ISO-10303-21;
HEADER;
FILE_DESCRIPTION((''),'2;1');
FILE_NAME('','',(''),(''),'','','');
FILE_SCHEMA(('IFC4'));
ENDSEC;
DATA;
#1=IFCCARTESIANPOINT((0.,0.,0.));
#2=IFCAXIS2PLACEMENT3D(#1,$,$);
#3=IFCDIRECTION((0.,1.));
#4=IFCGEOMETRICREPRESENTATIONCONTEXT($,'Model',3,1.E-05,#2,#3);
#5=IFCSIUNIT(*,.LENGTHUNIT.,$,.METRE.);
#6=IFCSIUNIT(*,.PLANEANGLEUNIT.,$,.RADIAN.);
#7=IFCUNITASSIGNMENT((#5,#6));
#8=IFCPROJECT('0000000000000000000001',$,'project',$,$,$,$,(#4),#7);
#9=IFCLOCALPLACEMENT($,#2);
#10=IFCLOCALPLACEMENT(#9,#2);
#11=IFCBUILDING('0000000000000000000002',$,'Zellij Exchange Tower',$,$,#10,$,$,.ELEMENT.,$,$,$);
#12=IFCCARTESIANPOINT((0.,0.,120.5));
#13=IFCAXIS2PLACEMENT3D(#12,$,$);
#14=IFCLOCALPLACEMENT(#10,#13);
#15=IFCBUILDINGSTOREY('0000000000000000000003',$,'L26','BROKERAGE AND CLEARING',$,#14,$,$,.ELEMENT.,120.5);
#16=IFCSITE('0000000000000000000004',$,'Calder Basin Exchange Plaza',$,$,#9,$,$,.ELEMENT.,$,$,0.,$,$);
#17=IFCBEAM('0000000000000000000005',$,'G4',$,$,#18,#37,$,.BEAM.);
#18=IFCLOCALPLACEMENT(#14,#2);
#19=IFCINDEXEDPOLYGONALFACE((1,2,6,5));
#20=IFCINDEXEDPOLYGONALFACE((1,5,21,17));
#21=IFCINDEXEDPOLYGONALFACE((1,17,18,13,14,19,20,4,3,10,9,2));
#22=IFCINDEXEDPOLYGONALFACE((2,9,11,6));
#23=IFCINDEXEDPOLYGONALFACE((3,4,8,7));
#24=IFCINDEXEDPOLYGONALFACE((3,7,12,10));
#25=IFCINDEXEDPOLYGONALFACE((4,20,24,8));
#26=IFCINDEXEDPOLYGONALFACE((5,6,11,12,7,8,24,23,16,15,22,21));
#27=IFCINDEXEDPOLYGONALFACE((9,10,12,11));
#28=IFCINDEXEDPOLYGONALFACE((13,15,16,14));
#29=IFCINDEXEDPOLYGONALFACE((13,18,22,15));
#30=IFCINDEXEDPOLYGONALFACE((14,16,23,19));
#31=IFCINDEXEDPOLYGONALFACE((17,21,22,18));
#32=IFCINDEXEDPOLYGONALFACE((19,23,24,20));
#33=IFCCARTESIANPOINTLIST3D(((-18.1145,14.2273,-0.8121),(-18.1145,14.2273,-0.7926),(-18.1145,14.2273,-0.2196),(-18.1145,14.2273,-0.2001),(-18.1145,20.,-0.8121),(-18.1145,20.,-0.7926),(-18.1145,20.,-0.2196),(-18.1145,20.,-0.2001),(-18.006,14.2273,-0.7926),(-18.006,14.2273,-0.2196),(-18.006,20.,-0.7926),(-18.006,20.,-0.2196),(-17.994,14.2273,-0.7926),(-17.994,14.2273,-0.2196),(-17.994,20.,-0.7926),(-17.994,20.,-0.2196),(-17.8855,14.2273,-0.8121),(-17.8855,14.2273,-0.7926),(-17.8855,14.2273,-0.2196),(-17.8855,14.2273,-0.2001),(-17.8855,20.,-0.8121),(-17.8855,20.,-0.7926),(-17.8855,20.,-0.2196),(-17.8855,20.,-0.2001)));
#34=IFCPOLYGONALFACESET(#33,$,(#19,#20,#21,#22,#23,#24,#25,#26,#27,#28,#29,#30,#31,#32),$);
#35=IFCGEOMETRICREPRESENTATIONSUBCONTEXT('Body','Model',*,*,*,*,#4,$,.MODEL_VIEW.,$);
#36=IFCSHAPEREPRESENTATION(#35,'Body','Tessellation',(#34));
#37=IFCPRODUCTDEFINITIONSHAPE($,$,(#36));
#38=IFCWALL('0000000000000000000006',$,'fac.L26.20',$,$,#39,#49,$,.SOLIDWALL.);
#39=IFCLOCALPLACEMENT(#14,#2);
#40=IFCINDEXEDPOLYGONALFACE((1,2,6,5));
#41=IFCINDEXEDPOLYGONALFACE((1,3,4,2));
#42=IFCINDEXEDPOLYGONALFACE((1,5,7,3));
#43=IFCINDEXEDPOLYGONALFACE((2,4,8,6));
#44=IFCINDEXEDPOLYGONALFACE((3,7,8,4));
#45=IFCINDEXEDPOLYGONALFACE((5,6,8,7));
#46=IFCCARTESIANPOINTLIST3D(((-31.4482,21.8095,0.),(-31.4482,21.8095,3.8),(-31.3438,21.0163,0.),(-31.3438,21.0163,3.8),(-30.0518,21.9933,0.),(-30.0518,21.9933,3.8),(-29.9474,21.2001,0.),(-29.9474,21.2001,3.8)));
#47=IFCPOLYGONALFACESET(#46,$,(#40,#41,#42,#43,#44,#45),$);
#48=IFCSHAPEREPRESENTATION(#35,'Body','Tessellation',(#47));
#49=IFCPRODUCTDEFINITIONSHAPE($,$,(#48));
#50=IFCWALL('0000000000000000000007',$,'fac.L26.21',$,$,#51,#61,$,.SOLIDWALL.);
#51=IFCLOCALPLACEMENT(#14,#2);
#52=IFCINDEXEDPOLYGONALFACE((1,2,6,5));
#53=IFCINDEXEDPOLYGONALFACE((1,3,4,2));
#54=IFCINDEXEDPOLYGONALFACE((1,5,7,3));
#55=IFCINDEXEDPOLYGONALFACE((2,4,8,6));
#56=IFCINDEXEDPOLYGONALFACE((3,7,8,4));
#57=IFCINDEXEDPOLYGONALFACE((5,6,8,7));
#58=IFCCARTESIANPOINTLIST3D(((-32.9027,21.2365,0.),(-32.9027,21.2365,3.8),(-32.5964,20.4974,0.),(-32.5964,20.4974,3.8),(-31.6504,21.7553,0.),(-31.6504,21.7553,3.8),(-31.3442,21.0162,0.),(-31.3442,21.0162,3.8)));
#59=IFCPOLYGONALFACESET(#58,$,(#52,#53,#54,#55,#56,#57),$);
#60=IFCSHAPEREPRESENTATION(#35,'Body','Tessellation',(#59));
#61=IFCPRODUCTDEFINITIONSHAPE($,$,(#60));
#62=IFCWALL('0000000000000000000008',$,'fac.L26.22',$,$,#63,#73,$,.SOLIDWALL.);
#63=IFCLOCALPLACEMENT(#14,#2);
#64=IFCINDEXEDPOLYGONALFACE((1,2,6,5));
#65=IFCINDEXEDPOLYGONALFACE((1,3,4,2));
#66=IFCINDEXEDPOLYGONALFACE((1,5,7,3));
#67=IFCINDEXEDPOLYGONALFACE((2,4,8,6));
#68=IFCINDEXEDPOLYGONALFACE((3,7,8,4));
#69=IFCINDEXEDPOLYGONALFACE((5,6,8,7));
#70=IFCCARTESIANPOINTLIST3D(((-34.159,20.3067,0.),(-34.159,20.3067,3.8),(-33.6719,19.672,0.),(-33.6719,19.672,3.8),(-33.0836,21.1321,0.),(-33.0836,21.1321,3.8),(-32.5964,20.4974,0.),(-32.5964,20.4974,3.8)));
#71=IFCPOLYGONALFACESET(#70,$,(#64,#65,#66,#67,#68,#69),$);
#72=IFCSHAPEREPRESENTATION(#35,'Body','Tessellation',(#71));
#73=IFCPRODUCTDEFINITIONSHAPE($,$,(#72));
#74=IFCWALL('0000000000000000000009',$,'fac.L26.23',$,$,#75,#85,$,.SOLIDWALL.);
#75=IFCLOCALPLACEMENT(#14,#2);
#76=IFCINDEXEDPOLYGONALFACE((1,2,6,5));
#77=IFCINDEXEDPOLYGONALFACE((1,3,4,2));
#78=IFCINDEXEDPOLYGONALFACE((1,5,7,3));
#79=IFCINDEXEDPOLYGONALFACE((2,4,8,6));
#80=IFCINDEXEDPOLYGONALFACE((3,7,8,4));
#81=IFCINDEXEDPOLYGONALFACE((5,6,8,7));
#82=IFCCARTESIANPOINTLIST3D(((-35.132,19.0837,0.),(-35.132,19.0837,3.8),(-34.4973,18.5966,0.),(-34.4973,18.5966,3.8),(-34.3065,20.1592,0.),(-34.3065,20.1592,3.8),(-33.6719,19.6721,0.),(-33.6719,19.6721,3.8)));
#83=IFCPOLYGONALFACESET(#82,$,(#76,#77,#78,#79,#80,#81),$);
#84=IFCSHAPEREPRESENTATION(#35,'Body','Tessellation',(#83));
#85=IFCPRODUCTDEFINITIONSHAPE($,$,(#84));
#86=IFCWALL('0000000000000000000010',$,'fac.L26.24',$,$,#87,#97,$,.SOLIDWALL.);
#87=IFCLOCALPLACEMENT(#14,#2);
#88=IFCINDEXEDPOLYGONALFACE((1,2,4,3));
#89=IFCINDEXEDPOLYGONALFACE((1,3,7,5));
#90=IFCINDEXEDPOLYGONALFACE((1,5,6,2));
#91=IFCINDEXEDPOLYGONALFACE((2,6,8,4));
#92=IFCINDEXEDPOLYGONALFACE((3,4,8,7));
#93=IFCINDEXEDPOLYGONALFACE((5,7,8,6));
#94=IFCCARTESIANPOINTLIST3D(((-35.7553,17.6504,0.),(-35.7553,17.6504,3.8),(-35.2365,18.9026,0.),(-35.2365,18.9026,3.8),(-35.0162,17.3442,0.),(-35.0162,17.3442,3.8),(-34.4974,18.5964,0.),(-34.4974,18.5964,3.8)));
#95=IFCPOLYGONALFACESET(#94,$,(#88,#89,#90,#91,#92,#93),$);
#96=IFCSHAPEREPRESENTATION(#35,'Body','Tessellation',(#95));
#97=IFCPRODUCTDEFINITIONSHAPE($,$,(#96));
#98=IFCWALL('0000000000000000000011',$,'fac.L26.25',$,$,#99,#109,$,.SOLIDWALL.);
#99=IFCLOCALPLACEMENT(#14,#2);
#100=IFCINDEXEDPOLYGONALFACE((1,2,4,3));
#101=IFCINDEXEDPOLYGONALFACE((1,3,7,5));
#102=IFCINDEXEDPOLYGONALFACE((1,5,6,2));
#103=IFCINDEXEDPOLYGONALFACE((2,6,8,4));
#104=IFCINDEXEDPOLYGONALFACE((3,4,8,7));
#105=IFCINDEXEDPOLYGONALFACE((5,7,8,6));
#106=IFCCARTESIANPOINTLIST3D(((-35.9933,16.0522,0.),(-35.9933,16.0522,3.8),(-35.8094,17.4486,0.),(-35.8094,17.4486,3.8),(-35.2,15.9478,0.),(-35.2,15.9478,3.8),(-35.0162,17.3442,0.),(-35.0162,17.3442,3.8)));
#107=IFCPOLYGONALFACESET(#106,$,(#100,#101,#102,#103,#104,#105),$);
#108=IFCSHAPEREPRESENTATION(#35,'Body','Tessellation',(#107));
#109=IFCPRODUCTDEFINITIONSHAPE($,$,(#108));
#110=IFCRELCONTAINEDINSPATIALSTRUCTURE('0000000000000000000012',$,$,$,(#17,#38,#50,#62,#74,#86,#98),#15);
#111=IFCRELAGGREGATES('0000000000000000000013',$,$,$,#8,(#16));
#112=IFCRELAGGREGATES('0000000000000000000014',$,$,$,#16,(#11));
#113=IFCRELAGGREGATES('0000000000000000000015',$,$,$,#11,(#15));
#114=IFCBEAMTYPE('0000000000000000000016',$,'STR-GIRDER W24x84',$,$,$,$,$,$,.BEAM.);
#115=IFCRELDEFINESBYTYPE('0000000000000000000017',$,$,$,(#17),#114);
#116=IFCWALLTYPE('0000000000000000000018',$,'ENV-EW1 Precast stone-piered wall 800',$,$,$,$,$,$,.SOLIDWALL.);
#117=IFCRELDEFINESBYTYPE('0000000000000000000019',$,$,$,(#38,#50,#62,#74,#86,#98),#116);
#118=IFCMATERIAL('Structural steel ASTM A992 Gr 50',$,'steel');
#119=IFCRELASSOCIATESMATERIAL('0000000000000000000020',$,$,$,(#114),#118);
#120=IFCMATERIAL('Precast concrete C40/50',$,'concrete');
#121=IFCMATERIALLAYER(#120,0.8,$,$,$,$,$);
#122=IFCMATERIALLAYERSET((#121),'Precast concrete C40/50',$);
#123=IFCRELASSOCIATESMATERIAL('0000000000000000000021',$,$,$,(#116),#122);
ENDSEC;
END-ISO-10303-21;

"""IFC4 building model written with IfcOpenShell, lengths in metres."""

from ifc_helpers import new_model, si_unit, direction, frame, frame_2d, origin, origin_2d, place, context, subcontext, project, spatial, rectangle, i_section, extrude, material, layer, layer_set, material_profile, profile_set, type_object, element, save


model = new_model("IFC4")

# Units and contexts
model_context = context("Model", 3, precision=1e-05, world=origin(), true_north=direction((0.0, 1.0)))
body_context = subcontext(model_context, "Body", "Model", "MODEL_VIEW")
ifc_project = project(units=[si_unit("LENGTHUNIT", "METRE"), si_unit("PLANEANGLEUNIT", "RADIAN")], contexts=[model_context])

# Site, building, storey
site_placement = place(None, origin())
site = spatial("IfcSite", under=ifc_project, at=site_placement, Name="Calder Basin Exchange Plaza", CompositionType="ELEMENT", RefElevation=0.0)
building_placement = place(site_placement, origin())
building = spatial("IfcBuilding", under=site, at=building_placement, Name="Zellij Exchange Tower", CompositionType="ELEMENT")
storey_placement = place(building_placement, frame((0.0, 0.0, 120.5)))
storey = spatial("IfcBuildingStorey", under=building, at=storey_placement, Name="L26", Description="BROKERAGE AND CLEARING", CompositionType="ELEMENT", Elevation=120.5)

# Beam
ifc_material_1 = material(Name="Structural steel ASTM A992 Gr 50", Category="steel")
ifc_material_profile_1 = material_profile(ifc_material_1, i_section(OverallWidth=0.229, OverallDepth=0.6121, WebThickness=0.012, FlangeThickness=0.0195, at=origin_2d()), Name="W24x84")
ifc_profile_set_1 = profile_set([ifc_material_profile_1], Name="Structural steel ASTM A992 Gr 50")
beam_type = type_object("IfcBeamType", Name="STR-GIRDER W24x84", PredefinedType="BEAM", material=ifc_profile_set_1)
for number, where, z_axis, x_axis, name in (
    (1, (-18.0, 14.2273, -0.5061), (0.0, 1.0, 0.0), (-1.0, 0.0, 0.0), "G4"),
):
    element("IfcBeam", number, at=place(storey_placement, frame(where, z_axis=z_axis, x_axis=x_axis)), inside=storey, type_object=beam_type, Name=name, PredefinedType="BEAM", context=body_context, shape_type="SweptSolid", body=[
        extrude(i_section(OverallWidth=0.229, OverallDepth=0.6121, WebThickness=0.012, FlangeThickness=0.0195, at=origin_2d()), origin(), (0.0, 0.0, 1.0), 5.7727),
    ])

# Walls
ifc_material_2 = material(Name="Precast concrete C40/50", Category="concrete")
ifc_layer_1 = layer(ifc_material_2, 0.8)
ifc_layer_set_1 = layer_set([ifc_layer_1], Name="Precast concrete C40/50")
wall_type_1 = type_object("IfcWallType", Name="ENV-EW1 Precast stone-piered wall 800", PredefinedType="SOLIDWALL", material=ifc_layer_set_1)
wall_1_placement = place(storey_placement, frame((-29.9998, 21.5967, 0.0), z_axis=(0.0, 0.0, 1.0), x_axis=(-0.991446, -0.130517, 0.0)))
element("IfcWall", 2, at=wall_1_placement, inside=storey, type_object=wall_type_1, Name="fac.L26.20", PredefinedType="SOLIDWALL", context=body_context, shape_type="SweptSolid", body=[
    extrude(rectangle(XDim=1.4084, YDim=0.8, at=frame_2d((0.7041, 0.0))), origin(), (0.0, 0.0, 1.0), 3.8),
])
wall_2_placement = place(storey_placement, frame((-31.4973, 21.3857, 0.0), z_axis=(0.0, 0.0, 1.0), x_axis=(-0.923848, -0.38276, 0.0)))
element("IfcWall", 3, at=wall_2_placement, inside=storey, type_object=wall_type_1, Name="fac.L26.21", PredefinedType="SOLIDWALL", context=body_context, shape_type="SweptSolid", body=[
    extrude(rectangle(XDim=1.3555, YDim=0.8, at=frame_2d((0.6777, 0.0))), origin(), (0.0, 0.0, 1.0), 3.8),
])
for number, where, z_axis, x_axis, name in (
    (4, (-32.8401, 20.8147, 0.0), (0.0, 0.0, 1.0), (-0.793273, -0.608866, 0.0), "fac.L26.22"),
    (5, (-33.9893, 19.9155, 0.0), (0.0, 0.0, 1.0), (-0.608866, -0.793273, 0.0), "fac.L26.23"),
):
    element("IfcWall", number, at=place(storey_placement, frame(where, z_axis=z_axis, x_axis=x_axis)), inside=storey, type_object=wall_type_1, Name=name, PredefinedType="SOLIDWALL", context=body_context, shape_type="SweptSolid", body=[
        extrude(rectangle(XDim=1.3557, YDim=0.8, at=frame_2d((0.6777, 0.0))), origin(), (0.0, 0.0, 1.0), 3.8),
    ])
wall_3_placement = place(storey_placement, frame((-34.8669, 18.7495, 0.0), z_axis=(0.0, 0.0, 1.0), x_axis=(-0.38276, -0.923848, 0.0)))
element("IfcWall", 6, at=wall_3_placement, inside=storey, type_object=wall_type_1, Name="fac.L26.24", PredefinedType="SOLIDWALL", context=body_context, shape_type="SweptSolid", body=[
    extrude(rectangle(XDim=1.3555, YDim=0.8, at=frame_2d((0.6777, 0.0))), origin(), (0.0, 0.0, 1.0), 3.8),
])
wall_4_placement = place(storey_placement, frame((-35.4128, 17.3962, 0.0), z_axis=(0.0, 0.0, 1.0), x_axis=(-0.130517, -0.991446, 0.0)))
element("IfcWall", 7, at=wall_4_placement, inside=storey, type_object=wall_type_1, Name="fac.L26.25", PredefinedType="SOLIDWALL", context=body_context, shape_type="SweptSolid", body=[
    extrude(rectangle(XDim=1.4084, YDim=0.8, at=frame_2d((0.7041, 0.0))), origin(), (0.0, 0.0, 1.0), 3.8),
])

save(model, "model.ifc")
